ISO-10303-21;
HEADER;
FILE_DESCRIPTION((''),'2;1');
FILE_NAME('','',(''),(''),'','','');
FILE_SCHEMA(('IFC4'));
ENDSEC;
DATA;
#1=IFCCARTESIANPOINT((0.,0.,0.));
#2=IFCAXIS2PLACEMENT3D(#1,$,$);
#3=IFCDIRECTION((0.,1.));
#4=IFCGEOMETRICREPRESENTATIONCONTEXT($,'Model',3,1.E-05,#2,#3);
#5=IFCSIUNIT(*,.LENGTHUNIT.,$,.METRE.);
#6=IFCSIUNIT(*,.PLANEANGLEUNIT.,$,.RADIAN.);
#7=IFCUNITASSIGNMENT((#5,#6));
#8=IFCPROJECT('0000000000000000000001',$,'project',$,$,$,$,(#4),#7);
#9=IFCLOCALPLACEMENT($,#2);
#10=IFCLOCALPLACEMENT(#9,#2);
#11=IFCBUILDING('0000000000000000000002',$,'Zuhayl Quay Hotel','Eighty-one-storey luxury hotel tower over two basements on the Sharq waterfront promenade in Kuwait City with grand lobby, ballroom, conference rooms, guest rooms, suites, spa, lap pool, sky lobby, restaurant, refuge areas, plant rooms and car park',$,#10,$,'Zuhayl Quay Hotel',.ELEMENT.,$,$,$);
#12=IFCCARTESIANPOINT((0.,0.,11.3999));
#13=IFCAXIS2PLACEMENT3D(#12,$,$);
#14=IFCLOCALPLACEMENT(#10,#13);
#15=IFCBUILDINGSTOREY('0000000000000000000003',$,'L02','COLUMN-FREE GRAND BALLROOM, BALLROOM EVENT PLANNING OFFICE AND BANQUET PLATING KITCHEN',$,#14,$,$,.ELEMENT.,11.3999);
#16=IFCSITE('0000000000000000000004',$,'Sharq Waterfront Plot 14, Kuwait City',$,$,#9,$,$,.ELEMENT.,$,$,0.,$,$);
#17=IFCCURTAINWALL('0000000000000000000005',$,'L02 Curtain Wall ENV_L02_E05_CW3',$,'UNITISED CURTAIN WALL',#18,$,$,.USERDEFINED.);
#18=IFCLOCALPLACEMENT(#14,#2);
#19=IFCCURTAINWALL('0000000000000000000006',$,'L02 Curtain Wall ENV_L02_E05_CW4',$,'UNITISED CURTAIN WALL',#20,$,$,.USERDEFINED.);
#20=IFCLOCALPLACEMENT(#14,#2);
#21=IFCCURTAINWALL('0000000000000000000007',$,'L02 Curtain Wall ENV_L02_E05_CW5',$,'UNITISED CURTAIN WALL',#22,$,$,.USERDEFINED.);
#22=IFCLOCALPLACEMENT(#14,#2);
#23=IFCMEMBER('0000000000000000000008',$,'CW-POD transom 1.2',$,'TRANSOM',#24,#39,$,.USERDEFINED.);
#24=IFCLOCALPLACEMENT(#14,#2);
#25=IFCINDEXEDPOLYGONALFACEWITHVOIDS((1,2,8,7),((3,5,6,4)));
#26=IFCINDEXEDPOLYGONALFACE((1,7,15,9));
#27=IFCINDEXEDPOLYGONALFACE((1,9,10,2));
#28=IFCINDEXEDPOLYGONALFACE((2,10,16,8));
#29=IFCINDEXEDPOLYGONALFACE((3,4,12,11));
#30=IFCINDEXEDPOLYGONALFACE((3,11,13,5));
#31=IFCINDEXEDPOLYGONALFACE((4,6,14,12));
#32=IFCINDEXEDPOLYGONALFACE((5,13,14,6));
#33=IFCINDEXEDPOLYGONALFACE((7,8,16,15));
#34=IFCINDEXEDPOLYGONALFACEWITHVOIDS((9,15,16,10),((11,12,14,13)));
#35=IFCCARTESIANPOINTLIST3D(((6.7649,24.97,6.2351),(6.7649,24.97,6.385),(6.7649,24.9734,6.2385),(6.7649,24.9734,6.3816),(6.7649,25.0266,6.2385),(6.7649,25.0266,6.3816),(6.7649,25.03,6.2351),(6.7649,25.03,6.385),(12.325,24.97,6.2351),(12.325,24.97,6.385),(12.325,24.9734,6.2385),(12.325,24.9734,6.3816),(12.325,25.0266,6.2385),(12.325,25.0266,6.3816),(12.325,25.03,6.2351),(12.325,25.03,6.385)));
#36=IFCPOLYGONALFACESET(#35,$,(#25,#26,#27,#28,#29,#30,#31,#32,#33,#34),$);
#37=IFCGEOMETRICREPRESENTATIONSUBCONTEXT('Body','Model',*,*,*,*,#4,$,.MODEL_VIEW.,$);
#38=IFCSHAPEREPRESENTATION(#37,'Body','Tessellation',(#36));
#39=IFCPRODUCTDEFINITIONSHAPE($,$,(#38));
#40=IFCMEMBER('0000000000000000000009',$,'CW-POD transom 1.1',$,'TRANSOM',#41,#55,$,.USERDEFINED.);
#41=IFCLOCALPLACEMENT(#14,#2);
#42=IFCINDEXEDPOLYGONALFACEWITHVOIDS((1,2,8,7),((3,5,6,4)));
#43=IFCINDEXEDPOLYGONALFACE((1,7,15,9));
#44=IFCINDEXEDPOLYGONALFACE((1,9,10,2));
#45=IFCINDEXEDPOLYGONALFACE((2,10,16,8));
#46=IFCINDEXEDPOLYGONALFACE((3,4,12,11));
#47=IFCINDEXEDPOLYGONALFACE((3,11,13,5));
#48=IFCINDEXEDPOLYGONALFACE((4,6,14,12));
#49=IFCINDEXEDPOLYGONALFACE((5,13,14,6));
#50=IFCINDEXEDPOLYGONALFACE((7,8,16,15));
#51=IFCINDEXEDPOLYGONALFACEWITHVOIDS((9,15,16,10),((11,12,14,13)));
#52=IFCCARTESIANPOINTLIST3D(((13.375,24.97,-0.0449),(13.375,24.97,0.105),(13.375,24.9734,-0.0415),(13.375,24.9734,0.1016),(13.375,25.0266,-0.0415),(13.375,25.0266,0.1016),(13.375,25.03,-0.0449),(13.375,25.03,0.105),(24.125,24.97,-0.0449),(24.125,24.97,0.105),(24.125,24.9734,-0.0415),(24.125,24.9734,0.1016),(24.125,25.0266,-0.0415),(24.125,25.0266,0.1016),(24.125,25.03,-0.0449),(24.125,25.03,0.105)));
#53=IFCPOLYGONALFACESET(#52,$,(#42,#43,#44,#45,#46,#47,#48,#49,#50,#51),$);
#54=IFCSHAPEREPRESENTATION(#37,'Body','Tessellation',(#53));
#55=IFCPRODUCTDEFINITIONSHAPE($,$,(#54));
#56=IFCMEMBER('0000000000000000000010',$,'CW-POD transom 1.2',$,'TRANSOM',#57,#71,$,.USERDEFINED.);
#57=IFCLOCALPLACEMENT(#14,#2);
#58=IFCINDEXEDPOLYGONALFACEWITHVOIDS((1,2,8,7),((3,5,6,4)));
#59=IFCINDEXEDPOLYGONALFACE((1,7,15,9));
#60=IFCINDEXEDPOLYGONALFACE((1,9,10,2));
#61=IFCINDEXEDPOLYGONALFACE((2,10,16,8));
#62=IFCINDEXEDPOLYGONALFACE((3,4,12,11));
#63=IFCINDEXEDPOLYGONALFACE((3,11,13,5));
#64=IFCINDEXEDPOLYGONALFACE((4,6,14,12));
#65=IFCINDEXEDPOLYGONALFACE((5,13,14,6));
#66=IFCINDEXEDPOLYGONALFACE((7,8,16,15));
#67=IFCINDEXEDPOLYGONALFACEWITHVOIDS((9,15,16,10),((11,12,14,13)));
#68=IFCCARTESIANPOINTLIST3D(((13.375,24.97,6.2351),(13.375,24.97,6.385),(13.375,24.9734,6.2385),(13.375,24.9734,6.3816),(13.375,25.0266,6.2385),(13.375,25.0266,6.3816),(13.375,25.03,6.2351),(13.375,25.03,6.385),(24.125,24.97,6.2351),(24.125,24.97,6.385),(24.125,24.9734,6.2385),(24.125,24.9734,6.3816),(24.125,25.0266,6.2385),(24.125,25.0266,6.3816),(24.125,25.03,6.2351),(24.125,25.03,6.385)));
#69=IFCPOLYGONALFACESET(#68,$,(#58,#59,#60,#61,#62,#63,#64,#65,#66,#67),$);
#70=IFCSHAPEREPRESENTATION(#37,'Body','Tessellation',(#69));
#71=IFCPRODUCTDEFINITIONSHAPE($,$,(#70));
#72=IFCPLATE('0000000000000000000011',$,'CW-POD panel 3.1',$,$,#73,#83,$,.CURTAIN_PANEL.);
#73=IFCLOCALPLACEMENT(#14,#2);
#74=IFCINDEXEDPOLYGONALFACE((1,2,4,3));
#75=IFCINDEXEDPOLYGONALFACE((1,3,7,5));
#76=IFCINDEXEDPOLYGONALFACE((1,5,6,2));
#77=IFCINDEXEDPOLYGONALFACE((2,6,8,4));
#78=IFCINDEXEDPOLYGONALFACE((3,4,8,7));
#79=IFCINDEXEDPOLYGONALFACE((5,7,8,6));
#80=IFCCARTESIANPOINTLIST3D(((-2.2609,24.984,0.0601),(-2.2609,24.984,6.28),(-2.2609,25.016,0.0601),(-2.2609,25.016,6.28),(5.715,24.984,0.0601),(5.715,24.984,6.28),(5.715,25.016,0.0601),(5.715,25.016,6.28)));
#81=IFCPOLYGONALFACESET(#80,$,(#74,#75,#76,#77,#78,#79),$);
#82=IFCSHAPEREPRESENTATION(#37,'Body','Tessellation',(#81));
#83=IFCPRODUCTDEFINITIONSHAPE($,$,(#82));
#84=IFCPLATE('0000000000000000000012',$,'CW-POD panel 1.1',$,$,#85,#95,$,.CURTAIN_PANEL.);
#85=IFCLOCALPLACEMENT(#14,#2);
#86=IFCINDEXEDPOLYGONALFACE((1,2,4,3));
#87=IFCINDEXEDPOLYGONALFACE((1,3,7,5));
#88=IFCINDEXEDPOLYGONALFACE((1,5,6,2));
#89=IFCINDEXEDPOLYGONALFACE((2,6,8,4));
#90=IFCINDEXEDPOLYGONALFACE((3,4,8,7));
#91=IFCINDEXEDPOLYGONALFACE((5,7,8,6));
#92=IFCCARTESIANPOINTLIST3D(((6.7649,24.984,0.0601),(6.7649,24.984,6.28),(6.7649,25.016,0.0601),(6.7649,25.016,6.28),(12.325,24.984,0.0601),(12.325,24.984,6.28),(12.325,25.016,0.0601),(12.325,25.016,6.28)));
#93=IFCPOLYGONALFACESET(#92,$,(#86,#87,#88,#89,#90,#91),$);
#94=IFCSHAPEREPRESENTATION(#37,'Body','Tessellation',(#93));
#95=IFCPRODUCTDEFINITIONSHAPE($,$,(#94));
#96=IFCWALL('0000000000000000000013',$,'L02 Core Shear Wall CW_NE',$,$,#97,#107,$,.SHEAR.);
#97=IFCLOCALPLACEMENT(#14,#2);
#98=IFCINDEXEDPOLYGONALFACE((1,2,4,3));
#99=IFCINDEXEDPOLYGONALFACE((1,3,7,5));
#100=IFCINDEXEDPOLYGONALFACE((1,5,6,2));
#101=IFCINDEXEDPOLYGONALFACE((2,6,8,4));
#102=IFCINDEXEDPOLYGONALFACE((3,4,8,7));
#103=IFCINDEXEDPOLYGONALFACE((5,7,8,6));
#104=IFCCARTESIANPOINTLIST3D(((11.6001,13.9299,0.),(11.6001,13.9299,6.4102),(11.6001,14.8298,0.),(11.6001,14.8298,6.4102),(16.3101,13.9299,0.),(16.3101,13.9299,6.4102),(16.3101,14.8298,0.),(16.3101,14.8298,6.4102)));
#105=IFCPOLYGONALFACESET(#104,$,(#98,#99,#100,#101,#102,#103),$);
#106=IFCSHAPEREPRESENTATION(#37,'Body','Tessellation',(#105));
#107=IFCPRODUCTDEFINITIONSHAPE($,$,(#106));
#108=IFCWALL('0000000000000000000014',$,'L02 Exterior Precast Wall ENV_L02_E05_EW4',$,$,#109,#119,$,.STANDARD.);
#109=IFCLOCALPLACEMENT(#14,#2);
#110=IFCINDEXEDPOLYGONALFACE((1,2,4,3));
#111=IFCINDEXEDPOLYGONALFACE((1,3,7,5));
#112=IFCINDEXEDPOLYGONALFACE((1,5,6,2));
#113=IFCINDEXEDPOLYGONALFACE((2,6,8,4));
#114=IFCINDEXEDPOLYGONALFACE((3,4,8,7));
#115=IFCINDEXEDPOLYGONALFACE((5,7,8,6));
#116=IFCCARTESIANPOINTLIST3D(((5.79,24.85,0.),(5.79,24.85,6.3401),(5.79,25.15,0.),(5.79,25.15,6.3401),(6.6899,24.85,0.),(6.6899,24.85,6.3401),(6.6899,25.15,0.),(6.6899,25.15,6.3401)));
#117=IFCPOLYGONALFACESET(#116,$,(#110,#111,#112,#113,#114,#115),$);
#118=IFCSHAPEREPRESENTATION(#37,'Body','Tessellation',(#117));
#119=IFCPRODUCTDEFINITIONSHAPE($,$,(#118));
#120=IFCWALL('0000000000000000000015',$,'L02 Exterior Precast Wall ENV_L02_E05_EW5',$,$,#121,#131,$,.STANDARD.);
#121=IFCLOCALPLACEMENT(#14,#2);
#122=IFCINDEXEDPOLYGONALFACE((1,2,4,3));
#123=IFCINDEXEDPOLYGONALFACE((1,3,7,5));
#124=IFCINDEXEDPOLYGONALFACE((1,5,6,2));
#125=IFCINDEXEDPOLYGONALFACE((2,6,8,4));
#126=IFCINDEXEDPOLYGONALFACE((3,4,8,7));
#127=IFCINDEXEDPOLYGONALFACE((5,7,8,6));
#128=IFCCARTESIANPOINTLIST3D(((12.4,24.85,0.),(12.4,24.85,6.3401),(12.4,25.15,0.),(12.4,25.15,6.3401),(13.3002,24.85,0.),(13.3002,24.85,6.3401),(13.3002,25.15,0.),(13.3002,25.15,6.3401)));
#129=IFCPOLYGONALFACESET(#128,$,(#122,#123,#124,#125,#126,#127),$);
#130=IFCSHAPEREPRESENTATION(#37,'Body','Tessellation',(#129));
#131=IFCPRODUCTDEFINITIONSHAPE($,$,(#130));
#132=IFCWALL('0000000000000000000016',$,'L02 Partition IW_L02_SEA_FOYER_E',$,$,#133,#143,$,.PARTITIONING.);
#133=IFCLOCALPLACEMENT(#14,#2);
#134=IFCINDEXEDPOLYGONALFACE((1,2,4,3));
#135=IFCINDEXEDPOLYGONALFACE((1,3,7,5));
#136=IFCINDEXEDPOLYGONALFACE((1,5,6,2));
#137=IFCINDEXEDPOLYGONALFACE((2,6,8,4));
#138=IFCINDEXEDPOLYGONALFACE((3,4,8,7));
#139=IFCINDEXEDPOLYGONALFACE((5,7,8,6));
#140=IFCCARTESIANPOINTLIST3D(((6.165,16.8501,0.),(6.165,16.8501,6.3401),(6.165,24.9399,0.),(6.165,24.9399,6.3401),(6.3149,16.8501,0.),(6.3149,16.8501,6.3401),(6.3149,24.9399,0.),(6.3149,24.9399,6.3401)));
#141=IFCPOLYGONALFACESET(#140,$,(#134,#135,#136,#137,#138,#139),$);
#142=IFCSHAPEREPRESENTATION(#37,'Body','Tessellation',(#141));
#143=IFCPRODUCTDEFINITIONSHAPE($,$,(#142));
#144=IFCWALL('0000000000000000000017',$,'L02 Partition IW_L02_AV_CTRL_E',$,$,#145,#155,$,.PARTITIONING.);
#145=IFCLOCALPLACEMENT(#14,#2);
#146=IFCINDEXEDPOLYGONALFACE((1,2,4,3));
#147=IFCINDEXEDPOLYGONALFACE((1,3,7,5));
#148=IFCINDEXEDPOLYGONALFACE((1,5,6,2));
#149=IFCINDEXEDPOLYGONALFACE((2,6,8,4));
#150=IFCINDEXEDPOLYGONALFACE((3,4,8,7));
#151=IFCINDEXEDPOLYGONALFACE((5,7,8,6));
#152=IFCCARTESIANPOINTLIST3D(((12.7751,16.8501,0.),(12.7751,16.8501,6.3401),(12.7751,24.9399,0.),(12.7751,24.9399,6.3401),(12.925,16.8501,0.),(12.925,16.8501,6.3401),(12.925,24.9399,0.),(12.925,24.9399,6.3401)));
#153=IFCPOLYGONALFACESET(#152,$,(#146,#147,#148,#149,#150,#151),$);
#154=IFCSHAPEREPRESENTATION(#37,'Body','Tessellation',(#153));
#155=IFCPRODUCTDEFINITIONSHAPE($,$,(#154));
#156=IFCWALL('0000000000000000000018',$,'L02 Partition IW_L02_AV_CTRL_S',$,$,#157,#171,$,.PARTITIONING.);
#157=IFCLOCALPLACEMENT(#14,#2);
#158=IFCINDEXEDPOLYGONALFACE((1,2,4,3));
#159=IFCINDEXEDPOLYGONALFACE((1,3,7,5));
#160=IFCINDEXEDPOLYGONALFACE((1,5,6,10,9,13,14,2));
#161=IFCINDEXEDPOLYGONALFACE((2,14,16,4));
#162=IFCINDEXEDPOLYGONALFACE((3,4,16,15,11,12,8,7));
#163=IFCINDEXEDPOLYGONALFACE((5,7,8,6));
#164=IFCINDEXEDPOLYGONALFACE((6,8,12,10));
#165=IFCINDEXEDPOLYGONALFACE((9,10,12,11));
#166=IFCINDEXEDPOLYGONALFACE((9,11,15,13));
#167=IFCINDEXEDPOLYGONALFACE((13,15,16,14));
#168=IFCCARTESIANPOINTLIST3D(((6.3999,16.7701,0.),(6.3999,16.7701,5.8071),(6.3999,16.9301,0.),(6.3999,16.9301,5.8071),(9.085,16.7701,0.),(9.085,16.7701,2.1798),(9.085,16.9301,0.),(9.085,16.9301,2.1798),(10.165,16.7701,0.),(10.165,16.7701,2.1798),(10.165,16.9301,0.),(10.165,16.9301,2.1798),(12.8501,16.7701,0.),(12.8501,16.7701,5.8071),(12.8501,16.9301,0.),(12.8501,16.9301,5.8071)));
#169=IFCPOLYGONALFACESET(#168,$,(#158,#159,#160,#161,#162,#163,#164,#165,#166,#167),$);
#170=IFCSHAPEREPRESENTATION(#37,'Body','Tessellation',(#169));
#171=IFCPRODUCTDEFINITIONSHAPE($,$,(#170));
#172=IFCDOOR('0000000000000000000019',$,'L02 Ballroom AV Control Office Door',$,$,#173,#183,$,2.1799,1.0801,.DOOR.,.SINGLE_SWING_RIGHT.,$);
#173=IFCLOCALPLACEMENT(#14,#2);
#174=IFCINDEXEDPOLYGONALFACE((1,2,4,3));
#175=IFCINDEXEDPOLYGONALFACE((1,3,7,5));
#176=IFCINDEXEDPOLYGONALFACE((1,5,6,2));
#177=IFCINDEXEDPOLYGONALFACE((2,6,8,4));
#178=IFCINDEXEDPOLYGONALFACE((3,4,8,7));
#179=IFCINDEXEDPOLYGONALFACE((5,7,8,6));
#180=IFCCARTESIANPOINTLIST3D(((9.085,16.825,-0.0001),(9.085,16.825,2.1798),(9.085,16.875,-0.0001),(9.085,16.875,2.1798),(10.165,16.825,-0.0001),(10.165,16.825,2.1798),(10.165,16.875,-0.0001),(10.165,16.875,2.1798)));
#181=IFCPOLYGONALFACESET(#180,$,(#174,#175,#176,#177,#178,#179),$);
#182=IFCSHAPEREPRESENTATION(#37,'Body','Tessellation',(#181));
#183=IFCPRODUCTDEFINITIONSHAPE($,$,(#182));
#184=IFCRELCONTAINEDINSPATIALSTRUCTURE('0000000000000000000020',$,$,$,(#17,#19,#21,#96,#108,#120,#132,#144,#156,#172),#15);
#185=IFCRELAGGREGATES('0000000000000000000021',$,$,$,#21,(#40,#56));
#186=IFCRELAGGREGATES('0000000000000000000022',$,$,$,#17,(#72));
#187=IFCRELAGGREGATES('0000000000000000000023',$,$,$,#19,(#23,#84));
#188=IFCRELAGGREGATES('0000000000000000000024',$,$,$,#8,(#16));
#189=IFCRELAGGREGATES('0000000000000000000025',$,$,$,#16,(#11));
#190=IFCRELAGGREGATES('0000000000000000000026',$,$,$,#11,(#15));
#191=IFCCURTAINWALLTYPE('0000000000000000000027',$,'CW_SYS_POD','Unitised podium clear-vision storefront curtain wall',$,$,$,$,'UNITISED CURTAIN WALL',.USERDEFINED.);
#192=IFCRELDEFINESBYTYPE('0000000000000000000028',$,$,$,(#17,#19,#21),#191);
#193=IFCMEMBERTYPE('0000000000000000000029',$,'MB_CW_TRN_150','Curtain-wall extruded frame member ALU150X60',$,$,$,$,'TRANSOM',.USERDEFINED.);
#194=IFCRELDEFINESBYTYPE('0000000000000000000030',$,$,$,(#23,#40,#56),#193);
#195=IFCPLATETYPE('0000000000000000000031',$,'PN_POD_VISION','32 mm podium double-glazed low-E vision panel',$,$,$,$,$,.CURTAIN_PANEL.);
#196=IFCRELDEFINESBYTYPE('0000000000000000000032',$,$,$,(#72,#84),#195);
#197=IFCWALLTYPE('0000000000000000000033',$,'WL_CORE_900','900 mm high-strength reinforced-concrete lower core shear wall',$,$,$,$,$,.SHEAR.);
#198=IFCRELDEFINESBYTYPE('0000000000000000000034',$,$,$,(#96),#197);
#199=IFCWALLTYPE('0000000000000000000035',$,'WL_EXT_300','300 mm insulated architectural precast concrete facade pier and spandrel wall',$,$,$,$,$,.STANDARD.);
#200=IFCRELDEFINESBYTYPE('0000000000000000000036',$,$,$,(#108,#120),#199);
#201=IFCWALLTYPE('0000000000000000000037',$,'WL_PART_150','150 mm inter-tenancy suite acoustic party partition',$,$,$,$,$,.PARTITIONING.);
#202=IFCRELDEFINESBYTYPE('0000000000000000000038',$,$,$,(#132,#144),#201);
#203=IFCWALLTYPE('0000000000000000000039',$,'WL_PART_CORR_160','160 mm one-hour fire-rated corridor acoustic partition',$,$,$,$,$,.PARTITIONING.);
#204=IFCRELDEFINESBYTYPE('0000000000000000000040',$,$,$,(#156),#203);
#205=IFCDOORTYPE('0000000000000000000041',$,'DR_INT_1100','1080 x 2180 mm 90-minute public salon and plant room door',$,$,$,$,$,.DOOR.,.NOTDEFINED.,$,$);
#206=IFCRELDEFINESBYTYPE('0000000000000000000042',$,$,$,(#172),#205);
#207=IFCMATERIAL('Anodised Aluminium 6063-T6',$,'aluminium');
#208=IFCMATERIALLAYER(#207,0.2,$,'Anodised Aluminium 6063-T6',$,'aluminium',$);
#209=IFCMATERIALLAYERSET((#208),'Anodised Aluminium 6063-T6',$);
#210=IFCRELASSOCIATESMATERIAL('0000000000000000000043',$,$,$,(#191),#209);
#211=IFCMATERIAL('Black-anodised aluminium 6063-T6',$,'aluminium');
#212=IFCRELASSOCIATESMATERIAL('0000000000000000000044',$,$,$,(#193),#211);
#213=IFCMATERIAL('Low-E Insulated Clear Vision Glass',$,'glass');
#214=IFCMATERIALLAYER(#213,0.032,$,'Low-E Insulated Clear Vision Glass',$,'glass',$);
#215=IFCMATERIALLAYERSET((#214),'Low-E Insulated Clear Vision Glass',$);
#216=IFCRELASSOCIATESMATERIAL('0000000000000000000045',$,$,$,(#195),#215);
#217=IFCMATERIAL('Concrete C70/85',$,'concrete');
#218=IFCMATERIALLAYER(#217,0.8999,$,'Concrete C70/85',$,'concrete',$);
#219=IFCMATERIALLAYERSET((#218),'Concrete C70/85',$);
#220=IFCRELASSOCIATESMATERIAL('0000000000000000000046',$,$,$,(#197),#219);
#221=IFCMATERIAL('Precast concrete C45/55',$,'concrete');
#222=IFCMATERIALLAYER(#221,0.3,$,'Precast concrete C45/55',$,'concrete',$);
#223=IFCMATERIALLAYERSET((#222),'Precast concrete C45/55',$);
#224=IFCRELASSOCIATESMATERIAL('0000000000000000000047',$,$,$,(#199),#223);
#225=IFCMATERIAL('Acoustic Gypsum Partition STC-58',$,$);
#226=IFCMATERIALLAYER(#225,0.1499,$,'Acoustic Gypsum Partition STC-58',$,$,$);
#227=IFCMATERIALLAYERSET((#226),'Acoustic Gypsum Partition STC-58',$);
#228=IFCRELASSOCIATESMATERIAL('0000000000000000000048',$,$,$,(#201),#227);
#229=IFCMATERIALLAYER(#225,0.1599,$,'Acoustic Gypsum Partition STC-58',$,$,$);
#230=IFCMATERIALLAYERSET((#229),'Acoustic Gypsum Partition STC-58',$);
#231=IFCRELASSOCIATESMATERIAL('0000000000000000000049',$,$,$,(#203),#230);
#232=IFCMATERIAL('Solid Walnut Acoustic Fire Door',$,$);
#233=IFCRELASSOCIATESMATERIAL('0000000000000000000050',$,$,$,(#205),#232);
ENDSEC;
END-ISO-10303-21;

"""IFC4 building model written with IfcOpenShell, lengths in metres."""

from ifc_helpers import new_model, si_unit, direction, frame, frame_2d, origin, origin_2d, place, context, subcontext, project, spatial, rectangle, hollow_rectangle, extrude, material, layer, layer_set, material_profile, profile_set, type_object, element, fill, aggregate, save


model = new_model("IFC4")

# Units and contexts
model_context = context("Model", 3, precision=1e-05, world=origin(), true_north=direction((0.0, 1.0)))
body_context = subcontext(model_context, "Body", "Model", "MODEL_VIEW")
ifc_project = project(units=[si_unit("LENGTHUNIT", "METRE"), si_unit("PLANEANGLEUNIT", "RADIAN")], contexts=[model_context])

# Site, building, storey
site_placement = place(None, origin())
site = spatial("IfcSite", under=ifc_project, at=site_placement, Name="Sharq Waterfront Plot 14, Kuwait City", CompositionType="ELEMENT", RefElevation=0.0)
building_placement = place(site_placement, origin())
building = spatial("IfcBuilding", under=site, at=building_placement, Name="Zuhayl Quay Hotel", Description="Eighty-one-storey luxury hotel tower over two basements on the Sharq waterfront promenade in Kuwait City with grand lobby, ballroom, conference rooms, guest rooms, suites, spa, lap pool, sky lobby, restaurant, refuge areas, plant rooms and car park", LongName="Zuhayl Quay Hotel", CompositionType="ELEMENT")
storey_placement = place(building_placement, frame((0.0, 0.0, 11.3999)))
storey = spatial("IfcBuildingStorey", under=building, at=storey_placement, Name="L02", Description="COLUMN-FREE GRAND BALLROOM, BALLROOM EVENT PLANNING OFFICE AND BANQUET PLATING KITCHEN", CompositionType="ELEMENT", Elevation=11.3999)

# Shared definitions
ifc_material_1 = material(Name="Concrete C70/85", Category="concrete")

# Curtain wall
ifc_material_2 = material(Name="Anodised Aluminium 6063-T6", Category="aluminium")
ifc_layer_1 = layer(ifc_material_2, 0.2, Name="Anodised Aluminium 6063-T6", Category="aluminium")
ifc_layer_set_1 = layer_set([ifc_layer_1], Name="Anodised Aluminium 6063-T6")
curtain_wall_type = type_object("IfcCurtainWallType", Name="CW_SYS_POD", Description="Unitised podium clear-vision storefront curtain wall", ElementType="UNITISED CURTAIN WALL", PredefinedType="USERDEFINED", material=ifc_layer_set_1)
curtain_wall_1_placement = place(storey_placement, origin())
curtain_wall_1 = element("IfcCurtainWall", 1, at=curtain_wall_1_placement, inside=storey, type_object=curtain_wall_type, Name="L02 Curtain Wall ENV_L02_E05_CW3", ObjectType="UNITISED CURTAIN WALL", PredefinedType="USERDEFINED")
ifc_material_3 = material(Name="Black-anodised aluminium 6063-T6", Category="aluminium")

# Curtain wall
curtain_wall_2_placement = place(storey_placement, origin())
curtain_wall_2 = element("IfcCurtainWall", 2, at=curtain_wall_2_placement, inside=storey, type_object=curtain_wall_type, Name="L02 Curtain Wall ENV_L02_E05_CW4", ObjectType="UNITISED CURTAIN WALL", PredefinedType="USERDEFINED")

# Curtain wall
curtain_wall_3_placement = place(storey_placement, origin())
curtain_wall_3 = element("IfcCurtainWall", 3, at=curtain_wall_3_placement, inside=storey, type_object=curtain_wall_type, Name="L02 Curtain Wall ENV_L02_E05_CW5", ObjectType="UNITISED CURTAIN WALL", PredefinedType="USERDEFINED")

# Members
ifc_material_profile_1 = material_profile(ifc_material_3, hollow_rectangle(XDim=0.0601, YDim=0.1499, WallThickness=0.0034, at=origin_2d()), Name="ALU150X60")
ifc_profile_set_1 = profile_set([ifc_material_profile_1], Name="Black-anodised aluminium 6063-T6")
member_type_1 = type_object("IfcMemberType", Name="MB_CW_TRN_150", Description="Curtain-wall extruded frame member ALU150X60", ElementType="TRANSOM", PredefinedType="USERDEFINED", material=ifc_profile_set_1)
member_1_placement = place(storey_placement, frame((6.7649, 25.0, 6.3101), z_axis=(1.0, 0.0, 0.0), x_axis=(0.0, 1.0, 0.0)))
member_1 = element("IfcMember", 4, at=member_1_placement, type_object=member_type_1, Name="CW-POD transom 1.2", ObjectType="TRANSOM", PredefinedType="USERDEFINED", context=body_context, shape_type="SweptSolid", body=[
    extrude(hollow_rectangle(XDim=0.0601, YDim=0.1499, WallThickness=0.0034, at=origin_2d()), origin(), (0.0, 0.0, 1.0), 5.5601),
])
member_2_placement = place(storey_placement, frame((13.375, 25.0, 0.03), z_axis=(1.0, 0.0, 0.0), x_axis=(0.0, 1.0, 0.0)))
member_2 = element("IfcMember", 5, at=member_2_placement, type_object=member_type_1, Name="CW-POD transom 1.1", ObjectType="TRANSOM", PredefinedType="USERDEFINED", context=body_context, shape_type="SweptSolid", body=[
    extrude(hollow_rectangle(XDim=0.0601, YDim=0.1499, WallThickness=0.0034, at=origin_2d()), origin(), (0.0, 0.0, 1.0), 10.75),
])
member_3_placement = place(storey_placement, frame((13.375, 25.0, 6.3101), z_axis=(1.0, 0.0, 0.0), x_axis=(0.0, 1.0, 0.0)))
member_3 = element("IfcMember", 6, at=member_3_placement, type_object=member_type_1, Name="CW-POD transom 1.2", ObjectType="TRANSOM", PredefinedType="USERDEFINED", context=body_context, shape_type="SweptSolid", body=[
    extrude(hollow_rectangle(XDim=0.0601, YDim=0.1499, WallThickness=0.0034, at=origin_2d()), origin(), (0.0, 0.0, 1.0), 10.75),
])
aggregate(curtain_wall_3, [member_2, member_3])

# Plates
ifc_material_4 = material(Name="Low-E Insulated Clear Vision Glass", Category="glass")
ifc_layer_2 = layer(ifc_material_4, 0.032, Name="Low-E Insulated Clear Vision Glass", Category="glass")
ifc_layer_set_2 = layer_set([ifc_layer_2], Name="Low-E Insulated Clear Vision Glass")
plate_type = type_object("IfcPlateType", Name="PN_POD_VISION", Description="32 mm podium double-glazed low-E vision panel", PredefinedType="CURTAIN_PANEL", material=ifc_layer_set_2)
plate_1_placement = place(storey_placement, frame((1.7271, 25.0, 0.0601), z_axis=(0.0, 0.0, 1.0), x_axis=(1.0, 0.0, 0.0)))
plate_1 = element("IfcPlate", 7, at=plate_1_placement, type_object=plate_type, Name="CW-POD panel 3.1", PredefinedType="CURTAIN_PANEL", context=body_context, shape_type="SweptSolid", body=[
    extrude(rectangle(XDim=7.9758, YDim=0.032, at=origin_2d()), origin(), (0.0, 0.0, 1.0), 6.22),
])
aggregate(curtain_wall_1, [plate_1])
plate_2_placement = place(storey_placement, frame((9.5449, 25.0, 0.0601), z_axis=(0.0, 0.0, 1.0), x_axis=(1.0, 0.0, 0.0)))
plate_2 = element("IfcPlate", 8, at=plate_2_placement, type_object=plate_type, Name="CW-POD panel 1.1", PredefinedType="CURTAIN_PANEL", context=body_context, shape_type="SweptSolid", body=[
    extrude(rectangle(XDim=5.5601, YDim=0.032, at=origin_2d()), origin(), (0.0, 0.0, 1.0), 6.22),
])
aggregate(curtain_wall_2, [member_1, plate_2])

# Walls
ifc_layer_3 = layer(ifc_material_1, 0.8999, Name="Concrete C70/85", Category="concrete")
ifc_layer_set_3 = layer_set([ifc_layer_3], Name="Concrete C70/85")
wall_type_1 = type_object("IfcWallType", Name="WL_CORE_900", Description="900 mm high-strength reinforced-concrete lower core shear wall", PredefinedType="SHEAR", material=ifc_layer_set_3)
wall_1_placement = place(storey_placement, frame((11.6001, 14.3799, 0.0), z_axis=(0.0, 0.0, 1.0), x_axis=(1.0, 0.0, 0.0)))
element("IfcWall", 9, at=wall_1_placement, inside=storey, type_object=wall_type_1, Name="L02 Core Shear Wall CW_NE", PredefinedType="SHEAR", context=body_context, shape_type="SweptSolid", body=[
    extrude(rectangle(XDim=4.71, YDim=0.8999, at=frame_2d((2.355, 0.0))), origin(), (0.0, 0.0, 1.0), 6.4102),
])
ifc_material_5 = material(Name="Precast concrete C45/55", Category="concrete")
ifc_layer_4 = layer(ifc_material_5, 0.3, Name="Precast concrete C45/55", Category="concrete")
ifc_layer_set_4 = layer_set([ifc_layer_4], Name="Precast concrete C45/55")
wall_type_2 = type_object("IfcWallType", Name="WL_EXT_300", Description="300 mm insulated architectural precast concrete facade pier and spandrel wall", PredefinedType="STANDARD", material=ifc_layer_set_4)
wall_2_placement = place(storey_placement, frame((5.79, 25.0, 0.0), z_axis=(0.0, 0.0, 1.0), x_axis=(1.0, 0.0, 0.0)))
element("IfcWall", 10, at=wall_2_placement, inside=storey, type_object=wall_type_2, Name="L02 Exterior Precast Wall ENV_L02_E05_EW4", PredefinedType="STANDARD", context=body_context, shape_type="SweptSolid", body=[
    extrude(rectangle(XDim=0.8999, YDim=0.3, at=frame_2d((0.45, 0.0))), origin(), (0.0, 0.0, 1.0), 6.3401),
])
wall_3_placement = place(storey_placement, frame((12.3999, 25.0, 0.0), z_axis=(0.0, 0.0, 1.0), x_axis=(1.0, 0.0, 0.0)))
element("IfcWall", 11, at=wall_3_placement, inside=storey, type_object=wall_type_2, Name="L02 Exterior Precast Wall ENV_L02_E05_EW5", PredefinedType="STANDARD", context=body_context, shape_type="SweptSolid", body=[
    extrude(rectangle(XDim=0.9001, YDim=0.3, at=frame_2d((0.4502, 0.0))), origin(), (0.0, 0.0, 1.0), 6.3401),
])
ifc_material_6 = material(Name="Acoustic Gypsum Partition STC-58")
ifc_layer_5 = layer(ifc_material_6, 0.1499, Name="Acoustic Gypsum Partition STC-58")
ifc_layer_set_5 = layer_set([ifc_layer_5], Name="Acoustic Gypsum Partition STC-58")
wall_type_3 = type_object("IfcWallType", Name="WL_PART_150", Description="150 mm inter-tenancy suite acoustic party partition", PredefinedType="PARTITIONING", material=ifc_layer_set_5)
for number, where, z_axis, x_axis, name in (
    (12, (6.24, 16.8501, 0.0), (0.0, 0.0, 1.0), (0.0, 1.0, 0.0), "L02 Partition IW_L02_SEA_FOYER_E"),
    (13, (12.8501, 16.8501, 0.0), (0.0, 0.0, 1.0), (0.0, 1.0, 0.0), "L02 Partition IW_L02_AV_CTRL_E"),
):
    element("IfcWall", number, at=place(storey_placement, frame(where, z_axis=z_axis, x_axis=x_axis)), inside=storey, type_object=wall_type_3, Name=name, PredefinedType="PARTITIONING", context=body_context, shape_type="SweptSolid", body=[
        extrude(rectangle(XDim=8.0898, YDim=0.1499, at=frame_2d((4.0449, 0.0))), origin(), (0.0, 0.0, 1.0), 6.3401),
    ])

# Wall, opening, door
ifc_layer_6 = layer(ifc_material_6, 0.1599, Name="Acoustic Gypsum Partition STC-58")
ifc_layer_set_6 = layer_set([ifc_layer_6], Name="Acoustic Gypsum Partition STC-58")
wall_type_4 = type_object("IfcWallType", Name="WL_PART_CORR_160", Description="160 mm one-hour fire-rated corridor acoustic partition", PredefinedType="PARTITIONING", material=ifc_layer_set_6)
wall_4_placement = place(storey_placement, frame((6.3999, 16.8501, 0.0), z_axis=(0.0, 0.0, 1.0), x_axis=(1.0, 0.0, 0.0)))
wall_4 = element("IfcWall", 14, at=wall_4_placement, inside=storey, type_object=wall_type_4, Name="L02 Partition IW_L02_AV_CTRL_S", PredefinedType="PARTITIONING", context=body_context, shape_type="SweptSolid", body=[
    extrude(rectangle(XDim=6.4502, YDim=0.1599, at=frame_2d((3.2251, 0.0))), origin(), (0.0, 0.0, 1.0), 5.8071),
])
opening_1_placement = place(wall_4_placement, frame((2.6851, 0.0, 0.0)))
opening_1 = element("IfcOpeningElement", 15, at=opening_1_placement, cuts=wall_4, PredefinedType="OPENING", context=body_context, shape_type="SweptSolid", body=[
    extrude(rectangle(XDim=1.0801, YDim=2.1799, at=frame_2d((0.54, 1.0898))), frame((0.0, 0.0898, 0.0), z_axis=(0.0, -1.0, 0.0), x_axis=(1.0, 0.0, 0.0)), (0.0, 0.0, 1.0), 0.1799),
])
ifc_material_7 = material(Name="Solid Walnut Acoustic Fire Door")
door_type_1 = type_object("IfcDoorType", Name="DR_INT_1100", Description="1080 x 2180 mm 90-minute public salon and plant room door", OperationType="NOTDEFINED", PredefinedType="DOOR", material=ifc_material_7)
door_1_placement = place(opening_1_placement, origin())
door_1 = element("IfcDoor", 16, at=door_1_placement, inside=storey, type_object=door_type_1, Name="L02 Ballroom AV Control Office Door", OperationType="SINGLE_SWING_RIGHT", OverallHeight=2.1799, OverallWidth=1.0801, PredefinedType="DOOR", context=body_context, shape_type="SweptSolid", body=[
    extrude(rectangle(XDim=1.0801, YDim=2.1799, at=frame_2d((0.54, 1.0898))), frame((0.0, 0.0249, 0.0), z_axis=(0.0, -1.0, 0.0), x_axis=(1.0, 0.0, 0.0)), (0.0, 0.0, 1.0), 0.05),
])
fill(opening_1, door_1)

save(model, "model.ifc")
